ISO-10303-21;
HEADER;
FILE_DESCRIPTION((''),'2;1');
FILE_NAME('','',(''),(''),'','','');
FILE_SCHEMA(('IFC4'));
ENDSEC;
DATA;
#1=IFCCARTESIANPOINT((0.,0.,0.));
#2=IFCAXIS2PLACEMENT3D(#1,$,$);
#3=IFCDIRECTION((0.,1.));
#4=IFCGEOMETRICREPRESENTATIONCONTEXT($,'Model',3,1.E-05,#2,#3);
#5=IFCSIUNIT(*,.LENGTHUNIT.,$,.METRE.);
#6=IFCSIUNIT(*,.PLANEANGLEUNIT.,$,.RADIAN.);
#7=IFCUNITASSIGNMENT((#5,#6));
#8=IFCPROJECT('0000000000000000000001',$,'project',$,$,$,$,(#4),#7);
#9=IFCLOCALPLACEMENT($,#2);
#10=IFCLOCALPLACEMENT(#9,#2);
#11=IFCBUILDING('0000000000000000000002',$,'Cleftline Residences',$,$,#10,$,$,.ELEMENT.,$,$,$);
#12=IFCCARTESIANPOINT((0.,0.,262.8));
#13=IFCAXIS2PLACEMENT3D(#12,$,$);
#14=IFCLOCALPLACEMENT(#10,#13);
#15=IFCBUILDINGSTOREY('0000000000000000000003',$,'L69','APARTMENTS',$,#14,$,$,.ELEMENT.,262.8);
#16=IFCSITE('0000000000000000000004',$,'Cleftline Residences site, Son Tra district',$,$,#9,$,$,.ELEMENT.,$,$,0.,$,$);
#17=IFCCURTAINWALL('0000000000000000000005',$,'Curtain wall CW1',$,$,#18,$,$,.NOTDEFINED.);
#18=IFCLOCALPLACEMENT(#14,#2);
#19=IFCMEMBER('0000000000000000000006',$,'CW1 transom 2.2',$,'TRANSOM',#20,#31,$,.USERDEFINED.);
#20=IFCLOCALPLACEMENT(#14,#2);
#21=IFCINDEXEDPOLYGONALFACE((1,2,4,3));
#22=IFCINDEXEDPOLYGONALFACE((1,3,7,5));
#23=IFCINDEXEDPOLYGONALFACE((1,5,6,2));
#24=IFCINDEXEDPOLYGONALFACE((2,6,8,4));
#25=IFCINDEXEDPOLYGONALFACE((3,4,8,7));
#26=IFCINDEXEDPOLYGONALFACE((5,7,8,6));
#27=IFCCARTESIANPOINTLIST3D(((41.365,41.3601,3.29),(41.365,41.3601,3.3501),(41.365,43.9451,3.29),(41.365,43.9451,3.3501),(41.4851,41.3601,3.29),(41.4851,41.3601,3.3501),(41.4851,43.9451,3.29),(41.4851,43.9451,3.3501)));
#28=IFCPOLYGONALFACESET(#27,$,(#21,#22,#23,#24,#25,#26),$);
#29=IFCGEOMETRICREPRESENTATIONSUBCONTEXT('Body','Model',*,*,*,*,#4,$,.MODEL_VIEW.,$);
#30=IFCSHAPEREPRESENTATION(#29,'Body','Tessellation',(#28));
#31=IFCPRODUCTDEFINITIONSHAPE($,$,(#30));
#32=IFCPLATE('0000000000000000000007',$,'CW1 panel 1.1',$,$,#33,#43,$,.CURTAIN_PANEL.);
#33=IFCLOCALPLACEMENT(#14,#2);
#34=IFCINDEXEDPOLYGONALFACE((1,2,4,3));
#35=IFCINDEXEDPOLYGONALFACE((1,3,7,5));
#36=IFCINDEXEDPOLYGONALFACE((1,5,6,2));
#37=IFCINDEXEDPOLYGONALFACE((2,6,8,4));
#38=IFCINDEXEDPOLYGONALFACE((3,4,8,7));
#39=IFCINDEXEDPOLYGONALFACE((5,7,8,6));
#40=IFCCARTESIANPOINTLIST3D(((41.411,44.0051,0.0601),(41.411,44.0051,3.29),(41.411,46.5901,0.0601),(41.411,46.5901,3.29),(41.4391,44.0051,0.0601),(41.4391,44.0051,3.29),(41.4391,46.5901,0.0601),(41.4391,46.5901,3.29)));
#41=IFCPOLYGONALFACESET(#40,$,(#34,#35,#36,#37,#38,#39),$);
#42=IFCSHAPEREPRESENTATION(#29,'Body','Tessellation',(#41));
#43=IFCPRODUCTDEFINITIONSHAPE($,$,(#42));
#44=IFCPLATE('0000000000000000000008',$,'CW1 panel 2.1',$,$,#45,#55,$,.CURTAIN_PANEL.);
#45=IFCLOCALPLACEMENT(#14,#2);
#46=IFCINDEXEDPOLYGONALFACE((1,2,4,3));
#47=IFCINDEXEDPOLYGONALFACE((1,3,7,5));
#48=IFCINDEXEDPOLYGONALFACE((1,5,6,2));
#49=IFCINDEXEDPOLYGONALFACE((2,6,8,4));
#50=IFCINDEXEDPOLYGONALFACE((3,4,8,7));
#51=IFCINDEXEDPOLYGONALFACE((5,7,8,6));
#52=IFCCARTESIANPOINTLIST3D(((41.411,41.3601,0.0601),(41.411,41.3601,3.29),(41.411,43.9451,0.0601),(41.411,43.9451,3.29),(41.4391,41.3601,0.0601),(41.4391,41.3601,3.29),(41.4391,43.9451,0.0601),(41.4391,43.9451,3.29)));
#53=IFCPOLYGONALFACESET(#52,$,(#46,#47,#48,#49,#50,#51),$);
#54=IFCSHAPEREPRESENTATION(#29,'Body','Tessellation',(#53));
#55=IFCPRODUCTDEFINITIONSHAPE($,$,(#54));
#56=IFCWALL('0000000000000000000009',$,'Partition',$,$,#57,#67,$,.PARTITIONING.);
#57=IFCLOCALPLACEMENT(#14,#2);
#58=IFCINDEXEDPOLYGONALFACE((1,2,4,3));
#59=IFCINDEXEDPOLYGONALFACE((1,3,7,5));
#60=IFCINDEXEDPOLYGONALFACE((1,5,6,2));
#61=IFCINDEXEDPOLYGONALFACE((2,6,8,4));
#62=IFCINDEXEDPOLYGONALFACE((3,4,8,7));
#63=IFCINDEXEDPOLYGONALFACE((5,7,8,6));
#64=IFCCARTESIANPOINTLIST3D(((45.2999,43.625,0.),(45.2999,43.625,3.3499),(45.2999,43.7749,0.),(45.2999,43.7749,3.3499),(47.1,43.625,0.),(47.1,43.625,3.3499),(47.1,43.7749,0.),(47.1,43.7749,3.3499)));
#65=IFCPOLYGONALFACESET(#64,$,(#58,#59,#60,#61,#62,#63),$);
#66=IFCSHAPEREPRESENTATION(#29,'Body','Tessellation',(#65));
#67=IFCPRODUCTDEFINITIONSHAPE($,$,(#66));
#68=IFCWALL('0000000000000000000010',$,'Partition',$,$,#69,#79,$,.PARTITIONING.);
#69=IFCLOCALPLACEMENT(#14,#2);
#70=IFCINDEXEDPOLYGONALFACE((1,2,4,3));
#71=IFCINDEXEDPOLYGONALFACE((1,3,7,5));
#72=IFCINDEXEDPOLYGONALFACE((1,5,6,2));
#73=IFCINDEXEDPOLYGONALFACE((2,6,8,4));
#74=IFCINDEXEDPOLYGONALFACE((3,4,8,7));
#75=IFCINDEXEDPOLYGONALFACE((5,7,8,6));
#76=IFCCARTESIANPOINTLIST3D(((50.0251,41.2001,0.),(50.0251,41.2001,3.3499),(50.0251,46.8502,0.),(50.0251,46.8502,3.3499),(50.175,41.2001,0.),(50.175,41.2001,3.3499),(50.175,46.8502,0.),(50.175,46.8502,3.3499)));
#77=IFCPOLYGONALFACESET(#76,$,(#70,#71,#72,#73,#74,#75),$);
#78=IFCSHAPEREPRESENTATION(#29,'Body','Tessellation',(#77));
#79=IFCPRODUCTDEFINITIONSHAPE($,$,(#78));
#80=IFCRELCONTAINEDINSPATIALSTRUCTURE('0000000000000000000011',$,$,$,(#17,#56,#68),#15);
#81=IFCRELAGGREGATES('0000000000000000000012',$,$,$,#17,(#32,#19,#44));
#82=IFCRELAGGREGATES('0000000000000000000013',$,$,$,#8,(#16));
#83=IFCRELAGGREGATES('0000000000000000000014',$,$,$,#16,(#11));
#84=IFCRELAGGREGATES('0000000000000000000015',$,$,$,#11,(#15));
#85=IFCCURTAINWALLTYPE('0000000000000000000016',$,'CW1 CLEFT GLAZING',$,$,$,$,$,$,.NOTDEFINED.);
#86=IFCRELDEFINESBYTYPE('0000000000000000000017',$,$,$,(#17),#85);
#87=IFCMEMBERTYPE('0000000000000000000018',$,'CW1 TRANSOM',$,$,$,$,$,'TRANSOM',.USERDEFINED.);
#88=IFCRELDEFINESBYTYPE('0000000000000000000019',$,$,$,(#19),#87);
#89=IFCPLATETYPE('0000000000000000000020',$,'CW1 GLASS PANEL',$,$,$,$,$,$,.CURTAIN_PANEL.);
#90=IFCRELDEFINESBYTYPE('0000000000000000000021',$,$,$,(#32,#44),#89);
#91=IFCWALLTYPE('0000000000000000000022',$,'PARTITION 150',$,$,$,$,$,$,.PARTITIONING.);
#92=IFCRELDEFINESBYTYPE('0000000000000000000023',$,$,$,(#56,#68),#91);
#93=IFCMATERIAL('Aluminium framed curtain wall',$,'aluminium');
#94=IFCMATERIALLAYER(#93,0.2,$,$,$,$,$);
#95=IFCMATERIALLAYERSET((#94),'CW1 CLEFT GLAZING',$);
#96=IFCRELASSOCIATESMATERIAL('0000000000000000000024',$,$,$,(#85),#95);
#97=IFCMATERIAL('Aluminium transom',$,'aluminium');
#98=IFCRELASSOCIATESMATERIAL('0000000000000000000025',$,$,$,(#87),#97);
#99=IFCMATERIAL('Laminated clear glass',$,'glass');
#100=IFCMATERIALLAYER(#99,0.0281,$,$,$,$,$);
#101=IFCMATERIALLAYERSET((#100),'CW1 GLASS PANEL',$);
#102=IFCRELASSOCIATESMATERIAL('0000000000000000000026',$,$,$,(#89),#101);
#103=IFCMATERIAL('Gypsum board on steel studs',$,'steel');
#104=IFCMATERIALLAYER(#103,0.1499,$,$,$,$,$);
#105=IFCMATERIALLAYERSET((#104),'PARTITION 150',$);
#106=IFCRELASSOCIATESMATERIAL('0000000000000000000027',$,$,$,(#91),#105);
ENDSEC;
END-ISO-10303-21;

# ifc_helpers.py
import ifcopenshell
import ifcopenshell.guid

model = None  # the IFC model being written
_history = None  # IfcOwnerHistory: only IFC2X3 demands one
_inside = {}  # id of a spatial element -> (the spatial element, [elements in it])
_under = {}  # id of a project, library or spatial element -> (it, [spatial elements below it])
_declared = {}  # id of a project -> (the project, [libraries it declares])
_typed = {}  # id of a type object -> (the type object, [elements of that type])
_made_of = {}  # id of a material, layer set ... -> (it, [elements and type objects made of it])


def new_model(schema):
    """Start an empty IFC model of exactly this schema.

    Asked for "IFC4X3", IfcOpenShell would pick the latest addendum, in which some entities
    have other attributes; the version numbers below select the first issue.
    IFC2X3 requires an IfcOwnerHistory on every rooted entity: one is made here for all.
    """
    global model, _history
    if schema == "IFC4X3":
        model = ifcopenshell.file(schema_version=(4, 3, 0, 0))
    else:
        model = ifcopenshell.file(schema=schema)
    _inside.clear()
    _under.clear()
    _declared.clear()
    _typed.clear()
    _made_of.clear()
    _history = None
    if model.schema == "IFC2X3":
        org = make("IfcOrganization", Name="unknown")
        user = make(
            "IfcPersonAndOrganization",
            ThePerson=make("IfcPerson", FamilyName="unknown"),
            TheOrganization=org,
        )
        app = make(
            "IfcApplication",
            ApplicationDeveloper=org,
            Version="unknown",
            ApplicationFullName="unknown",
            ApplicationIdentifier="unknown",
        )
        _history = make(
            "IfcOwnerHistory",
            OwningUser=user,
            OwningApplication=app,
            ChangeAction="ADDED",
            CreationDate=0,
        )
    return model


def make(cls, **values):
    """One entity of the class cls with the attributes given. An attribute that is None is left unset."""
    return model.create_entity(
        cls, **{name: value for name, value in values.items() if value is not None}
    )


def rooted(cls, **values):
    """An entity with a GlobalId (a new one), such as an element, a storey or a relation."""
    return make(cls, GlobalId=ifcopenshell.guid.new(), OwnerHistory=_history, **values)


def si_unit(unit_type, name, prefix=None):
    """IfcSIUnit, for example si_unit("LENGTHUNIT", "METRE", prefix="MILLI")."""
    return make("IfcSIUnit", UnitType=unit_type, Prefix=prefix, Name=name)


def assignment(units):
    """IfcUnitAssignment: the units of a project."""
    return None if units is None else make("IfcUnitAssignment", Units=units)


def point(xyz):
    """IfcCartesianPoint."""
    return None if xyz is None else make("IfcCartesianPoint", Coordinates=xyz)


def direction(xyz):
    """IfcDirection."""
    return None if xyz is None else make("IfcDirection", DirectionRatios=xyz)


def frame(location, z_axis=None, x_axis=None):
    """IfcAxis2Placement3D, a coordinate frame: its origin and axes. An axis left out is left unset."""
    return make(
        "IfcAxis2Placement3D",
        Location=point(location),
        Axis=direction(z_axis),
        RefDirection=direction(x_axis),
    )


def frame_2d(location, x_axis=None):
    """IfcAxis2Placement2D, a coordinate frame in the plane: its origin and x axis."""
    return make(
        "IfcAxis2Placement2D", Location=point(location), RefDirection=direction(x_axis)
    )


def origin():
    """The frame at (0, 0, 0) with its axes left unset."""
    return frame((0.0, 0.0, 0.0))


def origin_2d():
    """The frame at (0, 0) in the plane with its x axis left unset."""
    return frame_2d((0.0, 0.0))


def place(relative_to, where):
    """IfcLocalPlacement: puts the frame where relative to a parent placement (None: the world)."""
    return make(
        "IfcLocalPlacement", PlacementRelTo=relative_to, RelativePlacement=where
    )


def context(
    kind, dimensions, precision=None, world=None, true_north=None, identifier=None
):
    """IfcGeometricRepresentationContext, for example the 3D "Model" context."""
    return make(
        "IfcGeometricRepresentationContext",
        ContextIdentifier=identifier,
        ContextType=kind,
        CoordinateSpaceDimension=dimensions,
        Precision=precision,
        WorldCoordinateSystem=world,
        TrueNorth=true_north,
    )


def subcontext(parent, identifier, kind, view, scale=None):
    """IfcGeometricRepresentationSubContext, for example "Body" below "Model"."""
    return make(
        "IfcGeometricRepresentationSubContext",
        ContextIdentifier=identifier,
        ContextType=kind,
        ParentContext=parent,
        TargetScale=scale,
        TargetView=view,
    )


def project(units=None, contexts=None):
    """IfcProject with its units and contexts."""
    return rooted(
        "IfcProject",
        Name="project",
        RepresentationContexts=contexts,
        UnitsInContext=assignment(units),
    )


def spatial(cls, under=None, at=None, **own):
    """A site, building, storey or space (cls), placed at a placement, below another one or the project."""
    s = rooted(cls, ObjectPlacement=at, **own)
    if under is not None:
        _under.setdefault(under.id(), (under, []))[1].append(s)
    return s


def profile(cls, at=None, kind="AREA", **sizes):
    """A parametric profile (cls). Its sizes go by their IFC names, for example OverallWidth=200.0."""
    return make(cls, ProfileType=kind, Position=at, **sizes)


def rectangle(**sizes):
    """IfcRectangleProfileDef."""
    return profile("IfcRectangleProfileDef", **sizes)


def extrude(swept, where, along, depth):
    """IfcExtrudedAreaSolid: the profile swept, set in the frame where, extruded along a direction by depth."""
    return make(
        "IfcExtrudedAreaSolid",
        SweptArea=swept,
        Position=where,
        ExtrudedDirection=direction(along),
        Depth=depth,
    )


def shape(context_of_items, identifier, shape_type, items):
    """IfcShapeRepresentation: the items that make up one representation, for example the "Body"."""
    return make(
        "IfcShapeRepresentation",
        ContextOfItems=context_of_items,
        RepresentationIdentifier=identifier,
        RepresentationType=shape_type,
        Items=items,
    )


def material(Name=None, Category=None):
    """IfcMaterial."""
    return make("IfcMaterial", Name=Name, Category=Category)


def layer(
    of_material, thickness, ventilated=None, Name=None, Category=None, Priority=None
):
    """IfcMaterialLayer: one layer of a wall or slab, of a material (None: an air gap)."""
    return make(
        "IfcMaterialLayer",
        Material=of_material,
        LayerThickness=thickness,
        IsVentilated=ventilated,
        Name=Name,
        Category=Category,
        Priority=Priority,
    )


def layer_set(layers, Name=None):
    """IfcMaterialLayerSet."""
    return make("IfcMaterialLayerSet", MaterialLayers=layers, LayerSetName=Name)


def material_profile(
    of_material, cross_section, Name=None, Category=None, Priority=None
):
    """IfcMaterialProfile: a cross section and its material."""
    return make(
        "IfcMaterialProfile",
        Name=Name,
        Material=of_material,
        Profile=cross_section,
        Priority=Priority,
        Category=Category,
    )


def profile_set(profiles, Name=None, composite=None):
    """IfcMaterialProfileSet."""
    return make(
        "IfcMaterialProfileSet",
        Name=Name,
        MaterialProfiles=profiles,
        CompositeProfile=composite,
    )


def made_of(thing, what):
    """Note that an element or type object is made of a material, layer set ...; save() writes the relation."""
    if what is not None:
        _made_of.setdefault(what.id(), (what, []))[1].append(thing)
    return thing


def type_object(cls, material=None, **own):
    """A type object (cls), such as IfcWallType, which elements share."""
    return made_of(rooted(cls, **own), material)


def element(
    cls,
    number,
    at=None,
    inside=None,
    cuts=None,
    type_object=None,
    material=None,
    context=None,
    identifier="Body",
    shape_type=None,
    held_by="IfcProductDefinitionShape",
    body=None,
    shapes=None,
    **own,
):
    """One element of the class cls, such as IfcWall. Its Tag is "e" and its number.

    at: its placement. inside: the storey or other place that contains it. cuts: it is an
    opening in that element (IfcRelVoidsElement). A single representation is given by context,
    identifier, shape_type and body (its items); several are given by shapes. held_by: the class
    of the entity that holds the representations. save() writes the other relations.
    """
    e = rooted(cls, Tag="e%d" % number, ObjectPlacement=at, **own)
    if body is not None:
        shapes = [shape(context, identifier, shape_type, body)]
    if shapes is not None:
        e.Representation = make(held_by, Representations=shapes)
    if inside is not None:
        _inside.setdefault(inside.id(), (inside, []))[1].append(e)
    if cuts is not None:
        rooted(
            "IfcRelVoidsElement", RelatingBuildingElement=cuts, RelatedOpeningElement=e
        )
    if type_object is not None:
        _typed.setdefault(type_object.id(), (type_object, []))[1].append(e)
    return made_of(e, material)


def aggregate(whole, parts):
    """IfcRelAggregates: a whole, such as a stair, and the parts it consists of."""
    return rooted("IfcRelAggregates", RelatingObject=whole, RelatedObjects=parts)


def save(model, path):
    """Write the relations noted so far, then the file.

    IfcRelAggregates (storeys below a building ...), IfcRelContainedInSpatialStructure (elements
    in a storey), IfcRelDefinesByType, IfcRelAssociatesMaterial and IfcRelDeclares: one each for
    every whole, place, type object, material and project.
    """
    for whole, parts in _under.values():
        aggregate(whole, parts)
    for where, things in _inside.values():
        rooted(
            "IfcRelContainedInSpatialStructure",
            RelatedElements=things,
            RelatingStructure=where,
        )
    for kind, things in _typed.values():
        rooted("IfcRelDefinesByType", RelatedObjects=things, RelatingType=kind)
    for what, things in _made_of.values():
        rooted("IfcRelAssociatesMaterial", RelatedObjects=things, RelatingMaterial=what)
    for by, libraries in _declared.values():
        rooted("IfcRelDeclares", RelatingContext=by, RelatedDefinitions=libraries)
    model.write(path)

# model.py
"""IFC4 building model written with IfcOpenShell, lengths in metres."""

from ifc_helpers import new_model, si_unit, direction, frame, frame_2d, origin, origin_2d, place, context, subcontext, project, spatial, rectangle, extrude, material, layer, layer_set, material_profile, profile_set, type_object, element, aggregate, save


model = new_model("IFC4")

# Units and contexts
model_context = context("Model", 3, precision=1e-05, world=origin(), true_north=direction((0.0, 1.0)))
body_context = subcontext(model_context, "Body", "Model", "MODEL_VIEW")
ifc_project = project(units=[si_unit("LENGTHUNIT", "METRE"), si_unit("PLANEANGLEUNIT", "RADIAN")], contexts=[model_context])

# Site, building, storey
site_placement = place(None, origin())
site = spatial("IfcSite", under=ifc_project, at=site_placement, Name="Cleftline Residences site, Son Tra district", CompositionType="ELEMENT", RefElevation=0.0)
building_placement = place(site_placement, origin())
building = spatial("IfcBuilding", under=site, at=building_placement, Name="Cleftline Residences", CompositionType="ELEMENT")
storey_placement = place(building_placement, frame((0.0, 0.0, 262.8)))
storey = spatial("IfcBuildingStorey", under=building, at=storey_placement, Name="L69", Description="APARTMENTS", CompositionType="ELEMENT", Elevation=262.8)

# Curtain wall, member, plates
ifc_material_1 = material(Name="Aluminium framed curtain wall", Category="aluminium")
ifc_layer_1 = layer(ifc_material_1, 0.2)
ifc_layer_set_1 = layer_set([ifc_layer_1], Name="CW1 CLEFT GLAZING")
curtain_wall_type = type_object("IfcCurtainWallType", Name="CW1 CLEFT GLAZING", PredefinedType="NOTDEFINED", material=ifc_layer_set_1)
curtain_wall_placement = place(storey_placement, origin())
curtain_wall = element("IfcCurtainWall", 1, at=curtain_wall_placement, inside=storey, type_object=curtain_wall_type, Name="Curtain wall CW1", PredefinedType="NOTDEFINED")
ifc_material_2 = material(Name="Aluminium transom", Category="aluminium")
ifc_material_profile_1 = material_profile(ifc_material_2, rectangle(XDim=0.1201, YDim=0.0601, at=origin_2d()))
ifc_profile_set_1 = profile_set([ifc_material_profile_1], Name="Aluminium transom")
member_type = type_object("IfcMemberType", Name="CW1 TRANSOM", ElementType="TRANSOM", PredefinedType="USERDEFINED", material=ifc_profile_set_1)
member_1_placement = place(storey_placement, frame((41.425, 43.9451, 3.3201), z_axis=(0.0, -1.0, 0.0), x_axis=(1.0, 0.0, 0.0)))
member_1 = element("IfcMember", 2, at=member_1_placement, type_object=member_type, Name="CW1 transom 2.2", ObjectType="TRANSOM", PredefinedType="USERDEFINED", context=body_context, shape_type="SweptSolid", body=[
    extrude(rectangle(XDim=0.1201, YDim=0.0601, at=origin_2d()), origin(), (0.0, 0.0, 1.0), 2.585),
])
ifc_material_3 = material(Name="Laminated clear glass", Category="glass")
ifc_layer_2 = layer(ifc_material_3, 0.0281)
ifc_layer_set_2 = layer_set([ifc_layer_2], Name="CW1 GLASS PANEL")
plate_type = type_object("IfcPlateType", Name="CW1 GLASS PANEL", PredefinedType="CURTAIN_PANEL", material=ifc_layer_set_2)
plate_1_placement = place(storey_placement, frame((41.425, 45.2976, 0.0601), z_axis=(0.0, 0.0, 1.0), x_axis=(0.0, -1.0, 0.0)))
plate_1 = element("IfcPlate", 3, at=plate_1_placement, type_object=plate_type, Name="CW1 panel 1.1", PredefinedType="CURTAIN_PANEL", context=body_context, shape_type="SweptSolid", body=[
    extrude(rectangle(XDim=2.585, YDim=0.0281, at=origin_2d()), origin(), (0.0, 0.0, 1.0), 3.23),
])
plate_2_placement = place(storey_placement, frame((41.425, 42.6526, 0.0601), z_axis=(0.0, 0.0, 1.0), x_axis=(0.0, -1.0, 0.0)))
plate_2 = element("IfcPlate", 4, at=plate_2_placement, type_object=plate_type, Name="CW1 panel 2.1", PredefinedType="CURTAIN_PANEL", context=body_context, shape_type="SweptSolid", body=[
    extrude(rectangle(XDim=2.585, YDim=0.0281, at=origin_2d()), origin(), (0.0, 0.0, 1.0), 3.23),
])
aggregate(curtain_wall, [plate_1, member_1, plate_2])

# Walls
ifc_material_4 = material(Name="Gypsum board on steel studs", Category="steel")
ifc_layer_3 = layer(ifc_material_4, 0.1499)
ifc_layer_set_3 = layer_set([ifc_layer_3], Name="PARTITION 150")
wall_type = type_object("IfcWallType", Name="PARTITION 150", PredefinedType="PARTITIONING", material=ifc_layer_set_3)
wall_1_placement = place(storey_placement, frame((45.3, 43.7, 0.0), z_axis=(0.0, 0.0, 1.0), x_axis=(1.0, 0.0, 0.0)))
element("IfcWall", 5, at=wall_1_placement, inside=storey, type_object=wall_type, Name="Partition", PredefinedType="PARTITIONING", context=body_context, shape_type="SweptSolid", body=[
    extrude(rectangle(XDim=1.8, YDim=0.1499, at=frame_2d((0.8999, 0.0))), origin(), (0.0, 0.0, 1.0), 3.3499),
])
wall_2_placement = place(storey_placement, frame((50.1001, 41.2, 0.0), z_axis=(0.0, 0.0, 1.0), x_axis=(0.0, 1.0, 0.0)))
element("IfcWall", 6, at=wall_2_placement, inside=storey, type_object=wall_type, Name="Partition", PredefinedType="PARTITIONING", context=body_context, shape_type="SweptSolid", body=[
    extrude(rectangle(XDim=5.6501, YDim=0.1499, at=frame_2d((2.8252, 0.0))), origin(), (0.0, 0.0, 1.0), 3.3499),
])

save(model, "model.ifc")
